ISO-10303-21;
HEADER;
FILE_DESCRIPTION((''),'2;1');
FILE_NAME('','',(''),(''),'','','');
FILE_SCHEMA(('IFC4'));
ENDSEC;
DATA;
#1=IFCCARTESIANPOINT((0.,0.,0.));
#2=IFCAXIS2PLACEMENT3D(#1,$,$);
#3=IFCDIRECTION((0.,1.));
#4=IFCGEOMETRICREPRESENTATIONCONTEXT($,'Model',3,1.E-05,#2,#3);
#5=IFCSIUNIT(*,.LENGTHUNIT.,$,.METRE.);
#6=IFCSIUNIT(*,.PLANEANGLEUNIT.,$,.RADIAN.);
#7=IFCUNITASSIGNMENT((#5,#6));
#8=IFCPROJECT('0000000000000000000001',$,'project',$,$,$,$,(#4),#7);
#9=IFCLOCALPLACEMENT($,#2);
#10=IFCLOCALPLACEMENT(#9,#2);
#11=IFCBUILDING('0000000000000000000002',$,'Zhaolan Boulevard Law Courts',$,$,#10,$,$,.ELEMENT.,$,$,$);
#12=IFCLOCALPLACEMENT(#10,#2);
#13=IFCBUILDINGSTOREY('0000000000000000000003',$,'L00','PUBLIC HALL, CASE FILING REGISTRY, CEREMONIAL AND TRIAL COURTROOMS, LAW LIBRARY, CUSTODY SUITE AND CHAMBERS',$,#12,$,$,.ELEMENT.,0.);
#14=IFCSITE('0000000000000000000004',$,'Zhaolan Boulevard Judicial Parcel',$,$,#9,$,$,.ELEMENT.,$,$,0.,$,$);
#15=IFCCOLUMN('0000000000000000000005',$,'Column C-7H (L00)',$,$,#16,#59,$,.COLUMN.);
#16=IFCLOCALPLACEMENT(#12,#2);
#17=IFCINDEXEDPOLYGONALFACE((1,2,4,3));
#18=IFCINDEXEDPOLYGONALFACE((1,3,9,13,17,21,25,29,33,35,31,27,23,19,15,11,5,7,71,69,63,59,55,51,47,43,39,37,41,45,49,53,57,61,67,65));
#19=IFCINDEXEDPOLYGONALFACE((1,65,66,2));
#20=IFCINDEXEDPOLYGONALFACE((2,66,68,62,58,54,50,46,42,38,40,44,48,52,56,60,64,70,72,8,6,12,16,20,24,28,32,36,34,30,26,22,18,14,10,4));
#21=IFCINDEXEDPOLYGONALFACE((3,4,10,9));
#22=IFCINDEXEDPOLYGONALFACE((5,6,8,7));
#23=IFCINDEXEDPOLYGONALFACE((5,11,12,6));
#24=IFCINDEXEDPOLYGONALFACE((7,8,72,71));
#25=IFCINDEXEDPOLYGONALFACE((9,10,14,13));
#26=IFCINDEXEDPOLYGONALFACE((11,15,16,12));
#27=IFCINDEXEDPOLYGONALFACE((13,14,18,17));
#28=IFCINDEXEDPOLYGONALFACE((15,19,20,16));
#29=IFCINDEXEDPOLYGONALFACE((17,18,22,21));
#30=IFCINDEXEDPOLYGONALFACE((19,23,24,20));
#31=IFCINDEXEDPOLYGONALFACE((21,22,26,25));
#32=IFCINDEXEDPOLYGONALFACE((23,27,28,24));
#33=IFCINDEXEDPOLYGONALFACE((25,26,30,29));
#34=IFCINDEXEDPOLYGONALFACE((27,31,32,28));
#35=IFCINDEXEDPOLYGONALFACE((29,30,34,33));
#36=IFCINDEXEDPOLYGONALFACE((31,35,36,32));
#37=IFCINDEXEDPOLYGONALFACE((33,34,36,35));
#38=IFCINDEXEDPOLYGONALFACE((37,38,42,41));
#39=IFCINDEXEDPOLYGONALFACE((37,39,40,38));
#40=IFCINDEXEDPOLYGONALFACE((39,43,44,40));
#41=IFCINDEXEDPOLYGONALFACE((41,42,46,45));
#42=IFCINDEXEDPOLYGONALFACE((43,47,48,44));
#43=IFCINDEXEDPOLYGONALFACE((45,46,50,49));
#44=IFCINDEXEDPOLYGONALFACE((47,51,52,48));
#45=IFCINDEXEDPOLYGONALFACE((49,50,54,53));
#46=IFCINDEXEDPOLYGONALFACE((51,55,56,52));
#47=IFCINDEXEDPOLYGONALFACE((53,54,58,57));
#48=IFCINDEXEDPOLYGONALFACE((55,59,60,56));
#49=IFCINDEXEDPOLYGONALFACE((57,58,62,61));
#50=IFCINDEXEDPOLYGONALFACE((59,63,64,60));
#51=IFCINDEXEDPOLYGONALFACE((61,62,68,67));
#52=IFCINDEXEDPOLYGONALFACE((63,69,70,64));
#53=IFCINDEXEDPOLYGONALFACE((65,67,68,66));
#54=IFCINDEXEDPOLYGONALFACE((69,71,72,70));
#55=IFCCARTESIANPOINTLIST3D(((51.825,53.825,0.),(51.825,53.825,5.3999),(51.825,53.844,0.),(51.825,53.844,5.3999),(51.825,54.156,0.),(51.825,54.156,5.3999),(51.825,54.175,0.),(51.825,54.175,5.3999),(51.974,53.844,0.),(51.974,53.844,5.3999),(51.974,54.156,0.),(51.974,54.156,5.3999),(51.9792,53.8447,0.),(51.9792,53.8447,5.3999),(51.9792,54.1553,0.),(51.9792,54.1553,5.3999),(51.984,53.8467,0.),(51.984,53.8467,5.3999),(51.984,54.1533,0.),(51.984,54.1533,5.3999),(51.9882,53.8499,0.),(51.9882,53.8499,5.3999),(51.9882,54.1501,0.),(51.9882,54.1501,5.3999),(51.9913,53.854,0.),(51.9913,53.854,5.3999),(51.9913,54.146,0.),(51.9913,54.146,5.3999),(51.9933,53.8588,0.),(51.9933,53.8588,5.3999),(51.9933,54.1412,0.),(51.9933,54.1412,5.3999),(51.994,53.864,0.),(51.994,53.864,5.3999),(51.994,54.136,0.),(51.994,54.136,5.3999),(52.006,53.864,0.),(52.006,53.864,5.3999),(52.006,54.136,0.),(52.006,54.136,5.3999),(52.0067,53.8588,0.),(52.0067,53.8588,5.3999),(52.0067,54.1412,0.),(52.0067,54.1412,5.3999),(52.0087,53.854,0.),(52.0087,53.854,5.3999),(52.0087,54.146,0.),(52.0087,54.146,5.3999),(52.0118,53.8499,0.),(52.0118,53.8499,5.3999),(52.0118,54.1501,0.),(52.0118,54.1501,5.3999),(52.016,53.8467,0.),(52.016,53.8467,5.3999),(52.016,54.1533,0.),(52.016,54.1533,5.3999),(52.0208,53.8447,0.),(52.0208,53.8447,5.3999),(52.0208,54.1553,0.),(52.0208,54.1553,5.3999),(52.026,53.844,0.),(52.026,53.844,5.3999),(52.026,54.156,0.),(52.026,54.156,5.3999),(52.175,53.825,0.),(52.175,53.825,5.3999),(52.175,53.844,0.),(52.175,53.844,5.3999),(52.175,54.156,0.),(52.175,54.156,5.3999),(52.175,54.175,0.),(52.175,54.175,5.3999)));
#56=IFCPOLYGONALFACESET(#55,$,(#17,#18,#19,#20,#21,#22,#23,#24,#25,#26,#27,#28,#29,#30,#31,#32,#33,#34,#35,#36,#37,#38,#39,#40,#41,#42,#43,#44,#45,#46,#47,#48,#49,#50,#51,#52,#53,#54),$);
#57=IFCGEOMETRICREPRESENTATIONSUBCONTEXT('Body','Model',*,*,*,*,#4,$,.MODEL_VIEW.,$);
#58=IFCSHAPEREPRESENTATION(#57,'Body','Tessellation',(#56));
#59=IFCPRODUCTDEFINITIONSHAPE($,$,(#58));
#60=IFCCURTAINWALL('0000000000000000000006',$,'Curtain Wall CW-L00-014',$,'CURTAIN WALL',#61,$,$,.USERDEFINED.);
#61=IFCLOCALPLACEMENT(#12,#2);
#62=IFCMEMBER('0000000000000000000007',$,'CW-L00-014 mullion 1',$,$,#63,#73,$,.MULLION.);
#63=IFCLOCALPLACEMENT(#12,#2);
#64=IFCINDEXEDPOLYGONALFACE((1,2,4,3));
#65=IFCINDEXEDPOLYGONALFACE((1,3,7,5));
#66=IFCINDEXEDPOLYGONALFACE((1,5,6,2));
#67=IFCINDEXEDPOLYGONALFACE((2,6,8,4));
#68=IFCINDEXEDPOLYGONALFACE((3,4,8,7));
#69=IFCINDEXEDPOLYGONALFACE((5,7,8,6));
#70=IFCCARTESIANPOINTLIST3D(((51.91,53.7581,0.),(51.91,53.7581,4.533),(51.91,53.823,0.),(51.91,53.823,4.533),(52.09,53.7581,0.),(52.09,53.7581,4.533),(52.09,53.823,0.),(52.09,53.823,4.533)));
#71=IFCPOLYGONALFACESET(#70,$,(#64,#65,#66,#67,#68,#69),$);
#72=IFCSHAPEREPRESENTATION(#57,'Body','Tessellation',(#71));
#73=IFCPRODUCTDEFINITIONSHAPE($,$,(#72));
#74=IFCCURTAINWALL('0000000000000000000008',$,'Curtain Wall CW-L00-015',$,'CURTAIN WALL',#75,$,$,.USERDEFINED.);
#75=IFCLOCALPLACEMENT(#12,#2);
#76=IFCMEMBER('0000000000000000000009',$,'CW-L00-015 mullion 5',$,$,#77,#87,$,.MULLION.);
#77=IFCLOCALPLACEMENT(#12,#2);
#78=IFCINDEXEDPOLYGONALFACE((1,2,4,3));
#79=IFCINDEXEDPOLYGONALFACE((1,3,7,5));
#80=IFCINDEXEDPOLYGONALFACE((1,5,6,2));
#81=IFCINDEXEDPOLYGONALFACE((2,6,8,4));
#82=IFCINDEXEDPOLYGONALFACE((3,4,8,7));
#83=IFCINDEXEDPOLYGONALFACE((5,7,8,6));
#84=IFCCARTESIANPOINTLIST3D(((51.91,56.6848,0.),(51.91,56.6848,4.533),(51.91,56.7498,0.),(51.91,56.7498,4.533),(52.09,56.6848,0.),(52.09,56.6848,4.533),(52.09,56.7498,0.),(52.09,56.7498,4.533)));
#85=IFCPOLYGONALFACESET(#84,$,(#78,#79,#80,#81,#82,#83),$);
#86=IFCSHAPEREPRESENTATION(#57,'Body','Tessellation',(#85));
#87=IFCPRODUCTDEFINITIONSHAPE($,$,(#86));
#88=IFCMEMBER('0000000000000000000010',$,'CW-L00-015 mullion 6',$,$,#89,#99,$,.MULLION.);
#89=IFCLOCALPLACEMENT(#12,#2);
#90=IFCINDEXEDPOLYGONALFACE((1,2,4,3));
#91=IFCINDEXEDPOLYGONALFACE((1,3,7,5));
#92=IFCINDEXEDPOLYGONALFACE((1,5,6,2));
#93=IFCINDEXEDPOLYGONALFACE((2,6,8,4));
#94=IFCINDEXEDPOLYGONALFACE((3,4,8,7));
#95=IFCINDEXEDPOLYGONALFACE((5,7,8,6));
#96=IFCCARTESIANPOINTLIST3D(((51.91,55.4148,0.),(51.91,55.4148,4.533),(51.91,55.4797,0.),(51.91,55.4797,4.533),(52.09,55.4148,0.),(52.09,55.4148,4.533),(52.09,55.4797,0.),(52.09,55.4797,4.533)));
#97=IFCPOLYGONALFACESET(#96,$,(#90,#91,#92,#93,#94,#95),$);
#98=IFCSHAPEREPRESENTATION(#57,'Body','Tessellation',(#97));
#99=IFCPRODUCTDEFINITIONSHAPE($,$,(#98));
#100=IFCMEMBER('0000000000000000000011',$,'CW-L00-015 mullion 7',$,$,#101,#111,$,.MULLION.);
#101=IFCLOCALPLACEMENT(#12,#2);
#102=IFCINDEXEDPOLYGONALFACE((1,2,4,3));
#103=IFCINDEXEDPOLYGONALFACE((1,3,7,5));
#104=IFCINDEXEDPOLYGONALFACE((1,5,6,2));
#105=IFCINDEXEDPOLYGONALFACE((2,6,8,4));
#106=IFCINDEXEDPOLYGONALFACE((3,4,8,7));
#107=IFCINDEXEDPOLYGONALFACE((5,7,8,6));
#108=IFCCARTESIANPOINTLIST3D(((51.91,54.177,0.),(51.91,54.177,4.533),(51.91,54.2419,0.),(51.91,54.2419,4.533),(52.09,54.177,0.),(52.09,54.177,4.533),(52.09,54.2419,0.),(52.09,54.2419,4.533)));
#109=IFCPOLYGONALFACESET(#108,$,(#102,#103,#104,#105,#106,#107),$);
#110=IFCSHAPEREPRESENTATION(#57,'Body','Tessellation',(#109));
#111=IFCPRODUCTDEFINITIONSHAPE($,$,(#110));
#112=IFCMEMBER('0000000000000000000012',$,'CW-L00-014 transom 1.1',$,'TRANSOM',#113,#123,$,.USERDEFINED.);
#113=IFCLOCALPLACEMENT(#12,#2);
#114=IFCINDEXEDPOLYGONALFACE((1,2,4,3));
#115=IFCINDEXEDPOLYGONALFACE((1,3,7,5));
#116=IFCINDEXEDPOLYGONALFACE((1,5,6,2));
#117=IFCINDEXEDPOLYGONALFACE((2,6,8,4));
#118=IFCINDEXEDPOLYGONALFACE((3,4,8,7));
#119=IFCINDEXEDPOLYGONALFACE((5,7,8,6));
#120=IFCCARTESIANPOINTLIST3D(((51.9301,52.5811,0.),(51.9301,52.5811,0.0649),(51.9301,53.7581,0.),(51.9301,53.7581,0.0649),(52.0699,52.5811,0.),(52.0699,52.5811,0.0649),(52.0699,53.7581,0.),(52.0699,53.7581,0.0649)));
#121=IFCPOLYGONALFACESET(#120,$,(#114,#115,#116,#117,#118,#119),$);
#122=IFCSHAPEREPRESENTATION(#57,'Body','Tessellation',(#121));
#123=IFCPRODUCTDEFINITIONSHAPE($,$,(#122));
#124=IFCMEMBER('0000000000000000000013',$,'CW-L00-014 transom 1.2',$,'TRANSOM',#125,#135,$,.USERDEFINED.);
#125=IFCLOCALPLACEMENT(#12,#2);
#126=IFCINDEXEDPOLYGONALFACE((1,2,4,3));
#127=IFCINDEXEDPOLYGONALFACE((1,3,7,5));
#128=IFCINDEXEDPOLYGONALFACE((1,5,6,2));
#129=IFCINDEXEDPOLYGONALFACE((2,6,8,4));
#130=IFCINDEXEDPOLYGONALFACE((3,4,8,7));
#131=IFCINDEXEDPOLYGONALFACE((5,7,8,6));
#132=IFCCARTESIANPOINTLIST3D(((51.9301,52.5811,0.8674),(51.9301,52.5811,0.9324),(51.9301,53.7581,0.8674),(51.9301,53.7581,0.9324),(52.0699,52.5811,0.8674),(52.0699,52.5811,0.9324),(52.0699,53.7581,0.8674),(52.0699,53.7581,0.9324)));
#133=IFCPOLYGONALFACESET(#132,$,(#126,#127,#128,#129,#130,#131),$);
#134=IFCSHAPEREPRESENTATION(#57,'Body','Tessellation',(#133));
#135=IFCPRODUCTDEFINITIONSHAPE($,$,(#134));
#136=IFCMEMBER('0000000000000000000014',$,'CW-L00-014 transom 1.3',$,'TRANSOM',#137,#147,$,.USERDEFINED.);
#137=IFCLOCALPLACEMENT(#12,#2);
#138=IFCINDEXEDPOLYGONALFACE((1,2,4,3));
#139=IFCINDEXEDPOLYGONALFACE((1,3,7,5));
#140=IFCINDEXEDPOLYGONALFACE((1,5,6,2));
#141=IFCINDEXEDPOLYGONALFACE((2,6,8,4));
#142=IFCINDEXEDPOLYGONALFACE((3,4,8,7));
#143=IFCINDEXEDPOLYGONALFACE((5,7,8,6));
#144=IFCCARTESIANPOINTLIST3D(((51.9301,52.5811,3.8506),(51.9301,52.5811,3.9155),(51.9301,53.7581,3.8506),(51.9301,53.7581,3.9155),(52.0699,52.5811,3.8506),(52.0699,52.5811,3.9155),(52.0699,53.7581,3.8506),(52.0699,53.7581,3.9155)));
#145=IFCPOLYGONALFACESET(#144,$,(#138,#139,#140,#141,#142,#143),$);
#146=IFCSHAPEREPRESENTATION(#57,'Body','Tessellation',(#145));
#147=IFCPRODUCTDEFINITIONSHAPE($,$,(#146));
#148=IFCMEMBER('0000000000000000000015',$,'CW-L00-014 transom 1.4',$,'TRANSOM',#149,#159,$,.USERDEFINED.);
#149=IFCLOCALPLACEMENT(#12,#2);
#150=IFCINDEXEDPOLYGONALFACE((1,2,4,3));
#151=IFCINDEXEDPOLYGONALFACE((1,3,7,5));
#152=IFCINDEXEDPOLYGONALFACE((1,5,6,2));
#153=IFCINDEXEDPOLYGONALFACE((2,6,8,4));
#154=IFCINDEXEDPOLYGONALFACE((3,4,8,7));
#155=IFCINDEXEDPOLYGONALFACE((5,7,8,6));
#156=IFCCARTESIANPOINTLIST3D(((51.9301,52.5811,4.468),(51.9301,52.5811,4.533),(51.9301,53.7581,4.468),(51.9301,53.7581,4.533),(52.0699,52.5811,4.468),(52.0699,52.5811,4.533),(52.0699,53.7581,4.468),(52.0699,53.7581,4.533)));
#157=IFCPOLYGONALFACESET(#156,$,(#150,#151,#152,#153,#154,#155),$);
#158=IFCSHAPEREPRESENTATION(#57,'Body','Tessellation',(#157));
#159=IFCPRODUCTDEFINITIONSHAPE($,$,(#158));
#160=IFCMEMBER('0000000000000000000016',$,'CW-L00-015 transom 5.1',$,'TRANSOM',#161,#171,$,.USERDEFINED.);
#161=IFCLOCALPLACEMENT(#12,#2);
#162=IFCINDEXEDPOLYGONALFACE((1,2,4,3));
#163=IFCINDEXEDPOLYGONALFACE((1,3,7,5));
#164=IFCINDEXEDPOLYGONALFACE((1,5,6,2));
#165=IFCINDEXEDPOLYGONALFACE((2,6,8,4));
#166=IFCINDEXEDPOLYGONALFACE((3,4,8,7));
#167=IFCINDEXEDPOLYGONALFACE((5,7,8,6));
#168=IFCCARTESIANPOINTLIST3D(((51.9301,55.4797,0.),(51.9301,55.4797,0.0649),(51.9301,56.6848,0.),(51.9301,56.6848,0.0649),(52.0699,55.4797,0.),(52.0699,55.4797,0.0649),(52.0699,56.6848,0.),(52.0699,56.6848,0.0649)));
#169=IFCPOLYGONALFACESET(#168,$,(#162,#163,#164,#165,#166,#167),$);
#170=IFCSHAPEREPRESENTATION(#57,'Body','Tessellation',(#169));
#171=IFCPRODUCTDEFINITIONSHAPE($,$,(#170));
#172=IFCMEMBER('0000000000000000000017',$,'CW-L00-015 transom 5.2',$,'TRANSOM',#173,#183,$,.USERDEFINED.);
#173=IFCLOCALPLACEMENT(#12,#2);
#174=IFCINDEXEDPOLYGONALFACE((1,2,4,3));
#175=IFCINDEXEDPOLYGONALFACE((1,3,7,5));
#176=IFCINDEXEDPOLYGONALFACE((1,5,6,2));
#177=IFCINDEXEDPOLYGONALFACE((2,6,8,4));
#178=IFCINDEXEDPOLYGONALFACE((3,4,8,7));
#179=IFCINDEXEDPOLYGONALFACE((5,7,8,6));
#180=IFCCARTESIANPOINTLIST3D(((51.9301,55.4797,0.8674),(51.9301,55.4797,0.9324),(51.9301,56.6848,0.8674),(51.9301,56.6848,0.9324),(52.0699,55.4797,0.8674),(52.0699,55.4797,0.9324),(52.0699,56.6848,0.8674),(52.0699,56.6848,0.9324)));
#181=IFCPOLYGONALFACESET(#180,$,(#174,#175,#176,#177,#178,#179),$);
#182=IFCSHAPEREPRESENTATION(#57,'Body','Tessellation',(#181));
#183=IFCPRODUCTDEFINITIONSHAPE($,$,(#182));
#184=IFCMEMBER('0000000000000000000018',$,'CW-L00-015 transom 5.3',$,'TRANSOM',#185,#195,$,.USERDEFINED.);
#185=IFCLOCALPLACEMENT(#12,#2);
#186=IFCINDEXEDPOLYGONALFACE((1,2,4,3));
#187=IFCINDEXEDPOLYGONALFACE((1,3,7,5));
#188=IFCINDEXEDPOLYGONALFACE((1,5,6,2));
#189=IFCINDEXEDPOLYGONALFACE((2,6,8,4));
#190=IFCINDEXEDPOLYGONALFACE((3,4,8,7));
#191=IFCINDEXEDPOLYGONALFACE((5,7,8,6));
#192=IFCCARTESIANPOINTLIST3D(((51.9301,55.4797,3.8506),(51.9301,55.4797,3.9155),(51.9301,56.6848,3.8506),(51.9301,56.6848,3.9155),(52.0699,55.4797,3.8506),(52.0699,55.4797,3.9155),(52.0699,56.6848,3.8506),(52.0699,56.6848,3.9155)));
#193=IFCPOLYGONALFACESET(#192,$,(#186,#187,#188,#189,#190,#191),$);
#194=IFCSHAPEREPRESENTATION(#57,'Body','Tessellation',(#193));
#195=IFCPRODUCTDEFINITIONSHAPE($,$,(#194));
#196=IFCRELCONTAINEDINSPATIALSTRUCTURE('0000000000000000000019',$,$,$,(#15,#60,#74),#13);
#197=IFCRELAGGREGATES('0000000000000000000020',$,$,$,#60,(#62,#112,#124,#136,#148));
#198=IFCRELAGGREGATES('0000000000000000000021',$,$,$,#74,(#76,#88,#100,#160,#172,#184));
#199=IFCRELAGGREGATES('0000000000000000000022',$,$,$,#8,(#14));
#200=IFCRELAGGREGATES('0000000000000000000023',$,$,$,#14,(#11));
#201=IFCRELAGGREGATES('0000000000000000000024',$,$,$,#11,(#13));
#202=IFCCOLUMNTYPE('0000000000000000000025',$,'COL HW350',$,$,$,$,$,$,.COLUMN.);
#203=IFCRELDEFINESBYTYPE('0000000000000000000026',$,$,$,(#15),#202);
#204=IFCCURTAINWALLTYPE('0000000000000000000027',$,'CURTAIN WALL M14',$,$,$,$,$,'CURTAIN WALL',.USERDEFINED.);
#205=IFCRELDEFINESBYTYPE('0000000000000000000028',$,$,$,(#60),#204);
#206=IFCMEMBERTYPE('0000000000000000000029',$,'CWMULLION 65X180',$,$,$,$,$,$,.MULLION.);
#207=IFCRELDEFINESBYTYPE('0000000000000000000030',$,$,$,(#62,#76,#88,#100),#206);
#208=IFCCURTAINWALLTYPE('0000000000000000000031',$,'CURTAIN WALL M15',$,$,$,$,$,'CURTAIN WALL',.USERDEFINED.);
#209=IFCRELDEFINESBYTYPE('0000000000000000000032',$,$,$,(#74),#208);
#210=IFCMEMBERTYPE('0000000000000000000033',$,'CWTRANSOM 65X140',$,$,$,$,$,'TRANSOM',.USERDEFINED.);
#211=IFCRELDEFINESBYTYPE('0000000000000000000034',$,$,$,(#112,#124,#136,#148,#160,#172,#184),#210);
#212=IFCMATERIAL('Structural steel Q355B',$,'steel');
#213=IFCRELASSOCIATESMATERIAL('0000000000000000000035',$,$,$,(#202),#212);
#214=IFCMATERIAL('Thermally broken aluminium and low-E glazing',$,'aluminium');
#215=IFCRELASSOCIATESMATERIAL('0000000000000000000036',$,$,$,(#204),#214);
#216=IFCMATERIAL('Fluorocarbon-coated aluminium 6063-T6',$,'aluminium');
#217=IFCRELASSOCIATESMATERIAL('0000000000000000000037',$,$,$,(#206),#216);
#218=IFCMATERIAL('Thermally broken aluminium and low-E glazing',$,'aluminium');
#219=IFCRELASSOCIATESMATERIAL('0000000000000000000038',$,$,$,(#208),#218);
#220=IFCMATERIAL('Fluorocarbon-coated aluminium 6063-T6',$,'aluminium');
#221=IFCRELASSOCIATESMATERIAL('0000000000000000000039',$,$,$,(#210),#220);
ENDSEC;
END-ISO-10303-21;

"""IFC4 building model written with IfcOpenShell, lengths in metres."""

from ifc_helpers import new_model, si_unit, direction, frame, origin, origin_2d, place, context, subcontext, project, spatial, rectangle, i_section, extrude, material, material_profile, profile_set, type_object, element, aggregate, save


model = new_model("IFC4")

# Units and contexts
model_context = context("Model", 3, precision=1e-05, world=origin(), true_north=direction((0.0, 1.0)))
body_context = subcontext(model_context, "Body", "Model", "MODEL_VIEW")
ifc_project = project(units=[si_unit("LENGTHUNIT", "METRE"), si_unit("PLANEANGLEUNIT", "RADIAN")], contexts=[model_context])

# Site, building, storey
site_placement = place(None, origin())
site = spatial("IfcSite", under=ifc_project, at=site_placement, Name="Zhaolan Boulevard Judicial Parcel", CompositionType="ELEMENT", RefElevation=0.0)
building_placement = place(site_placement, origin())
building = spatial("IfcBuilding", under=site, at=building_placement, Name="Zhaolan Boulevard Law Courts", CompositionType="ELEMENT")
storey_placement = place(building_placement, origin())
storey = spatial("IfcBuildingStorey", under=building, at=storey_placement, Name="L00", Description="PUBLIC HALL, CASE FILING REGISTRY, CEREMONIAL AND TRIAL COURTROOMS, LAW LIBRARY, CUSTODY SUITE AND CHAMBERS", CompositionType="ELEMENT", Elevation=0.0)

# Column
ifc_material_1 = material(Name="Structural steel Q355B", Category="steel")
ifc_material_profile_1 = material_profile(ifc_material_1, i_section(OverallWidth=0.3501, OverallDepth=0.3501, WebThickness=0.012, FlangeThickness=0.019, FilletRadius=0.02, at=origin_2d()), Name="HW350x350")
ifc_profile_set_1 = profile_set([ifc_material_profile_1], Name="Structural steel Q355B")
column_type = type_object("IfcColumnType", Name="COL HW350", PredefinedType="COLUMN", material=ifc_profile_set_1)
column_placement = place(storey_placement, frame((52.0, 54.0, 0.0), z_axis=(0.0, 0.0, 1.0), x_axis=(1.0, 0.0, 0.0)))
element("IfcColumn", 1, at=column_placement, inside=storey, type_object=column_type, Name="Column C-7H (L00)", PredefinedType="COLUMN", context=body_context, shape_type="SweptSolid", body=[
    extrude(i_section(OverallWidth=0.3501, OverallDepth=0.3501, WebThickness=0.012, FlangeThickness=0.019, FilletRadius=0.02, at=origin_2d()), origin(), (0.0, 0.0, 1.0), 5.3999),
])

# Curtain wall, member
ifc_material_2 = material(Name="Thermally broken aluminium and low-E glazing", Category="aluminium")
curtain_wall_type_1 = type_object("IfcCurtainWallType", Name="CURTAIN WALL M14", ElementType="CURTAIN WALL", PredefinedType="USERDEFINED", material=ifc_material_2)
curtain_wall_1_placement = place(storey_placement, origin())
curtain_wall_1 = element("IfcCurtainWall", 2, at=curtain_wall_1_placement, inside=storey, type_object=curtain_wall_type_1, Name="Curtain Wall CW-L00-014", ObjectType="CURTAIN WALL", PredefinedType="USERDEFINED")
ifc_material_3 = material(Name="Fluorocarbon-coated aluminium 6063-T6", Category="aluminium")
ifc_material_profile_2 = material_profile(ifc_material_3, rectangle(XDim=0.1799, YDim=0.0649, at=origin_2d()), Name="AL65x180")
ifc_profile_set_2 = profile_set([ifc_material_profile_2], Name="Fluorocarbon-coated aluminium 6063-T6")
member_type_1 = type_object("IfcMemberType", Name="CWMULLION 65X180", PredefinedType="MULLION", material=ifc_profile_set_2)
member_1_placement = place(storey_placement, frame((52.0, 53.7905, 0.0), z_axis=(0.0, 0.0, 1.0), x_axis=(1.0, 0.0, 0.0)))
member_1 = element("IfcMember", 3, at=member_1_placement, type_object=member_type_1, Name="CW-L00-014 mullion 1", PredefinedType="MULLION", context=body_context, shape_type="SweptSolid", body=[
    extrude(rectangle(XDim=0.1799, YDim=0.0649, at=origin_2d()), origin(), (0.0, 0.0, 1.0), 4.533),
])

# Curtain wall, members
ifc_material_4 = material(Name="Thermally broken aluminium and low-E glazing", Category="aluminium")
curtain_wall_type_2 = type_object("IfcCurtainWallType", Name="CURTAIN WALL M15", ElementType="CURTAIN WALL", PredefinedType="USERDEFINED", material=ifc_material_4)
curtain_wall_2_placement = place(storey_placement, origin())
curtain_wall_2 = element("IfcCurtainWall", 4, at=curtain_wall_2_placement, inside=storey, type_object=curtain_wall_type_2, Name="Curtain Wall CW-L00-015", ObjectType="CURTAIN WALL", PredefinedType="USERDEFINED")
member_2_placement = place(storey_placement, frame((52.0, 56.7173, 0.0), z_axis=(0.0, 0.0, 1.0), x_axis=(1.0, 0.0, 0.0)))
member_2 = element("IfcMember", 5, at=member_2_placement, type_object=member_type_1, Name="CW-L00-015 mullion 5", PredefinedType="MULLION", context=body_context, shape_type="SweptSolid", body=[
    extrude(rectangle(XDim=0.1799, YDim=0.0649, at=origin_2d()), origin(), (0.0, 0.0, 1.0), 4.533),
])
member_3_placement = place(storey_placement, frame((52.0, 55.4473, 0.0), z_axis=(0.0, 0.0, 1.0), x_axis=(1.0, 0.0, 0.0)))
member_3 = element("IfcMember", 6, at=member_3_placement, type_object=member_type_1, Name="CW-L00-015 mullion 6", PredefinedType="MULLION", context=body_context, shape_type="SweptSolid", body=[
    extrude(rectangle(XDim=0.1799, YDim=0.0649, at=origin_2d()), origin(), (0.0, 0.0, 1.0), 4.533),
])
member_4_placement = place(storey_placement, frame((52.0, 54.2095, 0.0), z_axis=(0.0, 0.0, 1.0), x_axis=(1.0, 0.0, 0.0)))
member_4 = element("IfcMember", 7, at=member_4_placement, type_object=member_type_1, Name="CW-L00-015 mullion 7", PredefinedType="MULLION", context=body_context, shape_type="SweptSolid", body=[
    extrude(rectangle(XDim=0.1799, YDim=0.0649, at=origin_2d()), origin(), (0.0, 0.0, 1.0), 4.533),
])

# Members
ifc_material_5 = material(Name="Fluorocarbon-coated aluminium 6063-T6", Category="aluminium")
ifc_material_profile_3 = material_profile(ifc_material_5, rectangle(XDim=0.1399, YDim=0.0649, at=origin_2d()), Name="AL65x140")
ifc_profile_set_3 = profile_set([ifc_material_profile_3], Name="Fluorocarbon-coated aluminium 6063-T6")
member_type_2 = type_object("IfcMemberType", Name="CWTRANSOM 65X140", ElementType="TRANSOM", PredefinedType="USERDEFINED", material=ifc_profile_set_3)
member_5_placement = place(storey_placement, frame((52.0, 53.7581, 0.0325), z_axis=(0.0, -1.0, 0.0), x_axis=(1.0, 0.0, 0.0)))
member_5 = element("IfcMember", 8, at=member_5_placement, type_object=member_type_2, Name="CW-L00-014 transom 1.1", ObjectType="TRANSOM", PredefinedType="USERDEFINED", context=body_context, shape_type="SweptSolid", body=[
    extrude(rectangle(XDim=0.1399, YDim=0.0649, at=origin_2d()), origin(), (0.0, 0.0, 1.0), 1.177),
])
member_6_placement = place(storey_placement, frame((52.0, 53.7581, 0.8999), z_axis=(0.0, -1.0, 0.0), x_axis=(1.0, 0.0, 0.0)))
member_6 = element("IfcMember", 9, at=member_6_placement, type_object=member_type_2, Name="CW-L00-014 transom 1.2", ObjectType="TRANSOM", PredefinedType="USERDEFINED", context=body_context, shape_type="SweptSolid", body=[
    extrude(rectangle(XDim=0.1399, YDim=0.0649, at=origin_2d()), origin(), (0.0, 0.0, 1.0), 1.177),
])
member_7_placement = place(storey_placement, frame((52.0, 53.7581, 3.8831), z_axis=(0.0, -1.0, 0.0), x_axis=(1.0, 0.0, 0.0)))
member_7 = element("IfcMember", 10, at=member_7_placement, type_object=member_type_2, Name="CW-L00-014 transom 1.3", ObjectType="TRANSOM", PredefinedType="USERDEFINED", context=body_context, shape_type="SweptSolid", body=[
    extrude(rectangle(XDim=0.1399, YDim=0.0649, at=origin_2d()), origin(), (0.0, 0.0, 1.0), 1.177),
])
member_8_placement = place(storey_placement, frame((52.0, 53.7581, 4.5005), z_axis=(0.0, -1.0, 0.0), x_axis=(1.0, 0.0, 0.0)))
member_8 = element("IfcMember", 11, at=member_8_placement, type_object=member_type_2, Name="CW-L00-014 transom 1.4", ObjectType="TRANSOM", PredefinedType="USERDEFINED", context=body_context, shape_type="SweptSolid", body=[
    extrude(rectangle(XDim=0.1399, YDim=0.0649, at=origin_2d()), origin(), (0.0, 0.0, 1.0), 1.177),
])
aggregate(curtain_wall_1, [member_1, member_5, member_6, member_7, member_8])
member_9_placement = place(storey_placement, frame((52.0, 56.6848, 0.0325), z_axis=(0.0, -1.0, 0.0), x_axis=(1.0, 0.0, 0.0)))
member_9 = element("IfcMember", 12, at=member_9_placement, type_object=member_type_2, Name="CW-L00-015 transom 5.1", ObjectType="TRANSOM", PredefinedType="USERDEFINED", context=body_context, shape_type="SweptSolid", body=[
    extrude(rectangle(XDim=0.1399, YDim=0.0649, at=origin_2d()), origin(), (0.0, 0.0, 1.0), 1.2051),
])
member_10_placement = place(storey_placement, frame((52.0, 56.6848, 0.8999), z_axis=(0.0, -1.0, 0.0), x_axis=(1.0, 0.0, 0.0)))
member_10 = element("IfcMember", 13, at=member_10_placement, type_object=member_type_2, Name="CW-L00-015 transom 5.2", ObjectType="TRANSOM", PredefinedType="USERDEFINED", context=body_context, shape_type="SweptSolid", body=[
    extrude(rectangle(XDim=0.1399, YDim=0.0649, at=origin_2d()), origin(), (0.0, 0.0, 1.0), 1.2051),
])
member_11_placement = place(storey_placement, frame((52.0, 56.6848, 3.8831), z_axis=(0.0, -1.0, 0.0), x_axis=(1.0, 0.0, 0.0)))
member_11 = element("IfcMember", 14, at=member_11_placement, type_object=member_type_2, Name="CW-L00-015 transom 5.3", ObjectType="TRANSOM", PredefinedType="USERDEFINED", context=body_context, shape_type="SweptSolid", body=[
    extrude(rectangle(XDim=0.1399, YDim=0.0649, at=origin_2d()), origin(), (0.0, 0.0, 1.0), 1.2051),
])

aggregate(curtain_wall_2, [member_2, member_3, member_4, member_9, member_10, member_11])

save(model, "model.ifc")
